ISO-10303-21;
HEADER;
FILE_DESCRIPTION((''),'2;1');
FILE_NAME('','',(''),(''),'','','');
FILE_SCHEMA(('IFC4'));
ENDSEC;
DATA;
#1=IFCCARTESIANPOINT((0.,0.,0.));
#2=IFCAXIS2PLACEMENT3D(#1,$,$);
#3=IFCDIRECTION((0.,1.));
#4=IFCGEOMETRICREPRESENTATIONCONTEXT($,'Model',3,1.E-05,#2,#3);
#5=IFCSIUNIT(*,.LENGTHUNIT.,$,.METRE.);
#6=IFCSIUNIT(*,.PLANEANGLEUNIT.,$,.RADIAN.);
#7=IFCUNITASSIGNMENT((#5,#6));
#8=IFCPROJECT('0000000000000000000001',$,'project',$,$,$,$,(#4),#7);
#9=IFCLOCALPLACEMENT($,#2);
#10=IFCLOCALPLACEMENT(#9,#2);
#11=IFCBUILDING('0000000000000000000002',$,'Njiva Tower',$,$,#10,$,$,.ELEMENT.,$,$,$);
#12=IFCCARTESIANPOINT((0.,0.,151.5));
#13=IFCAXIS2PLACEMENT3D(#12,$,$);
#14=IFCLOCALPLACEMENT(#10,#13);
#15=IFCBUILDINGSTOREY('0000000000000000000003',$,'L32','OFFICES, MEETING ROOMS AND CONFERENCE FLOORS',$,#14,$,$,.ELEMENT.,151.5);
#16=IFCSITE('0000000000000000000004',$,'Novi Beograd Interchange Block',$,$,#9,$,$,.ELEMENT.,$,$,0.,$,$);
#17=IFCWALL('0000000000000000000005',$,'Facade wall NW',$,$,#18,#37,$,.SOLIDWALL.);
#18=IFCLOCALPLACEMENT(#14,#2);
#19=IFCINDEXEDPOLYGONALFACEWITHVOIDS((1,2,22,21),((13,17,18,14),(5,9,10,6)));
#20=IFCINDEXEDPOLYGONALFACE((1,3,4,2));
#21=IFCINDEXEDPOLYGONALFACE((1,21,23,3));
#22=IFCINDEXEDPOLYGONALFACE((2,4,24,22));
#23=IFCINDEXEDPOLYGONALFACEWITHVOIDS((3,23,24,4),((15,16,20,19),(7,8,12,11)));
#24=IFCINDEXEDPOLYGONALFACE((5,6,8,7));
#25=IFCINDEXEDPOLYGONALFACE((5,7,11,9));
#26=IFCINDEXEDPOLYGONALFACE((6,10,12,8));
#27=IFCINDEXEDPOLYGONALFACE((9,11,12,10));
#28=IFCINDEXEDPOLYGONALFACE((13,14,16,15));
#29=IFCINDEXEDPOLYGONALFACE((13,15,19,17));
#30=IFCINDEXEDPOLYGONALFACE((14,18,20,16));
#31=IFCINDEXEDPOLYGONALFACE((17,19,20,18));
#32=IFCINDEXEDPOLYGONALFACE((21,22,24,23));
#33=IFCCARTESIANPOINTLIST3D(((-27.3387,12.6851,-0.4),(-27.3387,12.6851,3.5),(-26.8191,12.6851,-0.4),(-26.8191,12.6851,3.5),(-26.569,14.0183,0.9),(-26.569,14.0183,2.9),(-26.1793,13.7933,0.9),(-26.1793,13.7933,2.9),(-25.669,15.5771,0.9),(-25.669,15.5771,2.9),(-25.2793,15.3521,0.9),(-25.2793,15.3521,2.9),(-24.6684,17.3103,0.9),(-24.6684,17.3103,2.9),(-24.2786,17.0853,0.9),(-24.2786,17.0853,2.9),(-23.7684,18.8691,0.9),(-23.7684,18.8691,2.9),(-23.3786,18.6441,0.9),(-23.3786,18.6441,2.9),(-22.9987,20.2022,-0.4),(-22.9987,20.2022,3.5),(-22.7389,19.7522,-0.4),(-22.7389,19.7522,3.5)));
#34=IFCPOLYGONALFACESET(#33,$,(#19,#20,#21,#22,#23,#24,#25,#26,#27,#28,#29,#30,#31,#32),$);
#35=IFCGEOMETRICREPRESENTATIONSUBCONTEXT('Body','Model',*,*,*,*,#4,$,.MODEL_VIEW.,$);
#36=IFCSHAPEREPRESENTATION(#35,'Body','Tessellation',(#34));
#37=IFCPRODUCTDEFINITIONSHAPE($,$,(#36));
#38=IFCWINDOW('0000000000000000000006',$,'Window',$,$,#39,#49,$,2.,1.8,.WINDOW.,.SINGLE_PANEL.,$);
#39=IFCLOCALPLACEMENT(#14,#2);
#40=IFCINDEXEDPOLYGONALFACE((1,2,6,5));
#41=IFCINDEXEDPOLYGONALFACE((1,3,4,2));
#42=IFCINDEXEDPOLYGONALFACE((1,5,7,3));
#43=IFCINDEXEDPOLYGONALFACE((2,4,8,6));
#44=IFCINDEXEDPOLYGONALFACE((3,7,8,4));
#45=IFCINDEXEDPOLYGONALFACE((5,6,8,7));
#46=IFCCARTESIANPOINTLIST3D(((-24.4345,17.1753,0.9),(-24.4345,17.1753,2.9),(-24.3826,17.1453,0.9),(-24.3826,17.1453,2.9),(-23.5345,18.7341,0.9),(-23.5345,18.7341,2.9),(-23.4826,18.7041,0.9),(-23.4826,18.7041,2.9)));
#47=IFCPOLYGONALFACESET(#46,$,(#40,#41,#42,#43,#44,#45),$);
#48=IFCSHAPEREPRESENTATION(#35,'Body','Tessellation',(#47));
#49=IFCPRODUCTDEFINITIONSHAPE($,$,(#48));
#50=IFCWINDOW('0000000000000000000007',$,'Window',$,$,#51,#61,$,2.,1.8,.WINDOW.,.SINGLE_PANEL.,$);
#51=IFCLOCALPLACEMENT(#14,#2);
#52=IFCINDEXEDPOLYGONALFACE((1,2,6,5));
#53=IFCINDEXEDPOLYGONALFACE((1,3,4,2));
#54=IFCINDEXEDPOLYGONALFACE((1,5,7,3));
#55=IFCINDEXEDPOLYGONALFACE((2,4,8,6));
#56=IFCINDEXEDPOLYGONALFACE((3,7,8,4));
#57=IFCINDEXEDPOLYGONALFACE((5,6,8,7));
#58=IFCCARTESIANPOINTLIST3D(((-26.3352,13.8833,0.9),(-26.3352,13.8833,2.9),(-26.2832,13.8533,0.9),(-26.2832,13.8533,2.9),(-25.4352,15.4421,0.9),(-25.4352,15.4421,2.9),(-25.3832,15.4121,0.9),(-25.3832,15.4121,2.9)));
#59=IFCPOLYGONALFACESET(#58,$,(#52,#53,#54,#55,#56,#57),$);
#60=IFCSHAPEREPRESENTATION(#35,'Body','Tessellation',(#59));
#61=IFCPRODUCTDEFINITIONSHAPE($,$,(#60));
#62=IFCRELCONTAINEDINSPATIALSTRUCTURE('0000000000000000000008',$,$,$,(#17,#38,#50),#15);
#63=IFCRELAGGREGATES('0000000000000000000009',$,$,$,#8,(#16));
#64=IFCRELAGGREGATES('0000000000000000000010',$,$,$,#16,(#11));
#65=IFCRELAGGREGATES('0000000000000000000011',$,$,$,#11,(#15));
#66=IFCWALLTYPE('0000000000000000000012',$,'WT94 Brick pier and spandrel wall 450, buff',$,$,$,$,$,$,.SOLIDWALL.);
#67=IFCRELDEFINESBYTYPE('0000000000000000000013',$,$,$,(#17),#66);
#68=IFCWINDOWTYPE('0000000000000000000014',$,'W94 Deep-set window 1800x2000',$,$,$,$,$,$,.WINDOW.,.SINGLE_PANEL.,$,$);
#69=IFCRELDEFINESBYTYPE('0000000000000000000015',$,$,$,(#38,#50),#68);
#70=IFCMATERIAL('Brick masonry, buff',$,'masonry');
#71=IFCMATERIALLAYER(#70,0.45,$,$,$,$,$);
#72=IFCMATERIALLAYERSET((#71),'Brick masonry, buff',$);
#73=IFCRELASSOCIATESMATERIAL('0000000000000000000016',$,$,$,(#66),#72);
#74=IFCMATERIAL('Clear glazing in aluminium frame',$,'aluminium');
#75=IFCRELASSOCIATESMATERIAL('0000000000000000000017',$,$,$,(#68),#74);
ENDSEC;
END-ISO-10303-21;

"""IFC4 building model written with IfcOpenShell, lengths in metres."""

from ifc_helpers import new_model, si_unit, direction, frame, frame_2d, origin, place, context, subcontext, project, spatial, polyline, rectangle, outline, extrude, material, layer, layer_set, type_object, element, fill, save


model = new_model("IFC4")

# Units and contexts
model_context = context("Model", 3, precision=1e-05, world=origin(), true_north=direction((0.0, 1.0)))
body_context = subcontext(model_context, "Body", "Model", "MODEL_VIEW")
ifc_project = project(units=[si_unit("LENGTHUNIT", "METRE"), si_unit("PLANEANGLEUNIT", "RADIAN")], contexts=[model_context])

# Site, building, storey
site_placement = place(None, origin())
site = spatial("IfcSite", under=ifc_project, at=site_placement, Name="Novi Beograd Interchange Block", CompositionType="ELEMENT", RefElevation=0.0)
building_placement = place(site_placement, origin())
building = spatial("IfcBuilding", under=site, at=building_placement, Name="Njiva Tower", CompositionType="ELEMENT")
storey_placement = place(building_placement, frame((0.0, 0.0, 151.5)))
storey = spatial("IfcBuildingStorey", under=building, at=storey_placement, Name="L32", Description="OFFICES, MEETING ROOMS AND CONFERENCE FLOORS", CompositionType="ELEMENT", Elevation=151.5)

# Wall, openings, windows
ifc_material_1 = material(Name="Brick masonry, buff", Category="masonry")
ifc_layer_1 = layer(ifc_material_1, 0.45)
ifc_layer_set_1 = layer_set([ifc_layer_1], Name="Brick masonry, buff")
wall_type_1 = type_object("IfcWallType", Name="WT94 Brick pier and spandrel wall 450, buff", PredefinedType="SOLIDWALL", material=ifc_layer_set_1)
wall_1_placement = place(storey_placement, frame((-22.8688, 19.9772, -0.4), z_axis=(0.0, 0.0, 1.0), x_axis=(-0.5, -0.866025, 0.0)))
wall_1 = element("IfcWall", 1, at=wall_1_placement, inside=storey, type_object=wall_type_1, Name="Facade wall NW", PredefinedType="SOLIDWALL", context=body_context, shape_type="SweptSolid", body=[
    extrude(outline(polyline([(-0.1299, -0.225), (8.5501, -0.225), (8.2903, 0.225), (0.1299, 0.225), (-0.1299, -0.225)])), origin(), (0.0, 0.0, 1.0), 3.9),
])
opening_1_placement = place(wall_1_placement, frame((1.4094, 0.0, 1.3)))
opening_1 = element("IfcOpeningElement", 2, at=opening_1_placement, cuts=wall_1, PredefinedType="OPENING", context=body_context, shape_type="SweptSolid", body=[
    extrude(rectangle(XDim=1.8, YDim=2.0, at=frame_2d((0.9, 1.0))), frame((0.0, 0.235, 0.0), z_axis=(0.0, -1.0, 0.0), x_axis=(1.0, 0.0, 0.0)), (0.0, 0.0, 1.0), 0.47),
])
opening_2_placement = place(wall_1_placement, frame((5.2107, 0.0, 1.3)))
opening_2 = element("IfcOpeningElement", 3, at=opening_2_placement, cuts=wall_1, PredefinedType="OPENING", context=body_context, shape_type="SweptSolid", body=[
    extrude(rectangle(XDim=1.8, YDim=2.0, at=frame_2d((0.9, 1.0))), frame((0.0, 0.235, 0.0), z_axis=(0.0, -1.0, 0.0), x_axis=(1.0, 0.0, 0.0)), (0.0, 0.0, 1.0), 0.47),
])
ifc_material_2 = material(Name="Clear glazing in aluminium frame", Category="aluminium")
window_type = type_object("IfcWindowType", Name="W94 Deep-set window 1800x2000", PartitioningType="SINGLE_PANEL", PredefinedType="WINDOW", material=ifc_material_2)
window_1_placement = place(opening_1_placement, origin())
window_1 = element("IfcWindow", 4, at=window_1_placement, inside=storey, type_object=window_type, Name="Window", OverallHeight=2.0, OverallWidth=1.8, PartitioningType="SINGLE_PANEL", PredefinedType="WINDOW", context=body_context, shape_type="SweptSolid", body=[
    extrude(rectangle(XDim=1.8, YDim=2.0, at=frame_2d((0.9, 1.0))), frame((0.0, 0.105, 0.0), z_axis=(0.0, -1.0, 0.0), x_axis=(1.0, 0.0, 0.0)), (0.0, 0.0, 1.0), 0.06),
])
fill(opening_1, window_1)
window_2_placement = place(opening_2_placement, origin())
window_2 = element("IfcWindow", 5, at=window_2_placement, inside=storey, type_object=window_type, Name="Window", OverallHeight=2.0, OverallWidth=1.8, PartitioningType="SINGLE_PANEL", PredefinedType="WINDOW", context=body_context, shape_type="SweptSolid", body=[
    extrude(rectangle(XDim=1.8, YDim=2.0, at=frame_2d((0.9, 1.0))), frame((0.0, 0.105, 0.0), z_axis=(0.0, -1.0, 0.0), x_axis=(1.0, 0.0, 0.0)), (0.0, 0.0, 1.0), 0.06),
])
fill(opening_2, window_2)

save(model, "model.ifc")
